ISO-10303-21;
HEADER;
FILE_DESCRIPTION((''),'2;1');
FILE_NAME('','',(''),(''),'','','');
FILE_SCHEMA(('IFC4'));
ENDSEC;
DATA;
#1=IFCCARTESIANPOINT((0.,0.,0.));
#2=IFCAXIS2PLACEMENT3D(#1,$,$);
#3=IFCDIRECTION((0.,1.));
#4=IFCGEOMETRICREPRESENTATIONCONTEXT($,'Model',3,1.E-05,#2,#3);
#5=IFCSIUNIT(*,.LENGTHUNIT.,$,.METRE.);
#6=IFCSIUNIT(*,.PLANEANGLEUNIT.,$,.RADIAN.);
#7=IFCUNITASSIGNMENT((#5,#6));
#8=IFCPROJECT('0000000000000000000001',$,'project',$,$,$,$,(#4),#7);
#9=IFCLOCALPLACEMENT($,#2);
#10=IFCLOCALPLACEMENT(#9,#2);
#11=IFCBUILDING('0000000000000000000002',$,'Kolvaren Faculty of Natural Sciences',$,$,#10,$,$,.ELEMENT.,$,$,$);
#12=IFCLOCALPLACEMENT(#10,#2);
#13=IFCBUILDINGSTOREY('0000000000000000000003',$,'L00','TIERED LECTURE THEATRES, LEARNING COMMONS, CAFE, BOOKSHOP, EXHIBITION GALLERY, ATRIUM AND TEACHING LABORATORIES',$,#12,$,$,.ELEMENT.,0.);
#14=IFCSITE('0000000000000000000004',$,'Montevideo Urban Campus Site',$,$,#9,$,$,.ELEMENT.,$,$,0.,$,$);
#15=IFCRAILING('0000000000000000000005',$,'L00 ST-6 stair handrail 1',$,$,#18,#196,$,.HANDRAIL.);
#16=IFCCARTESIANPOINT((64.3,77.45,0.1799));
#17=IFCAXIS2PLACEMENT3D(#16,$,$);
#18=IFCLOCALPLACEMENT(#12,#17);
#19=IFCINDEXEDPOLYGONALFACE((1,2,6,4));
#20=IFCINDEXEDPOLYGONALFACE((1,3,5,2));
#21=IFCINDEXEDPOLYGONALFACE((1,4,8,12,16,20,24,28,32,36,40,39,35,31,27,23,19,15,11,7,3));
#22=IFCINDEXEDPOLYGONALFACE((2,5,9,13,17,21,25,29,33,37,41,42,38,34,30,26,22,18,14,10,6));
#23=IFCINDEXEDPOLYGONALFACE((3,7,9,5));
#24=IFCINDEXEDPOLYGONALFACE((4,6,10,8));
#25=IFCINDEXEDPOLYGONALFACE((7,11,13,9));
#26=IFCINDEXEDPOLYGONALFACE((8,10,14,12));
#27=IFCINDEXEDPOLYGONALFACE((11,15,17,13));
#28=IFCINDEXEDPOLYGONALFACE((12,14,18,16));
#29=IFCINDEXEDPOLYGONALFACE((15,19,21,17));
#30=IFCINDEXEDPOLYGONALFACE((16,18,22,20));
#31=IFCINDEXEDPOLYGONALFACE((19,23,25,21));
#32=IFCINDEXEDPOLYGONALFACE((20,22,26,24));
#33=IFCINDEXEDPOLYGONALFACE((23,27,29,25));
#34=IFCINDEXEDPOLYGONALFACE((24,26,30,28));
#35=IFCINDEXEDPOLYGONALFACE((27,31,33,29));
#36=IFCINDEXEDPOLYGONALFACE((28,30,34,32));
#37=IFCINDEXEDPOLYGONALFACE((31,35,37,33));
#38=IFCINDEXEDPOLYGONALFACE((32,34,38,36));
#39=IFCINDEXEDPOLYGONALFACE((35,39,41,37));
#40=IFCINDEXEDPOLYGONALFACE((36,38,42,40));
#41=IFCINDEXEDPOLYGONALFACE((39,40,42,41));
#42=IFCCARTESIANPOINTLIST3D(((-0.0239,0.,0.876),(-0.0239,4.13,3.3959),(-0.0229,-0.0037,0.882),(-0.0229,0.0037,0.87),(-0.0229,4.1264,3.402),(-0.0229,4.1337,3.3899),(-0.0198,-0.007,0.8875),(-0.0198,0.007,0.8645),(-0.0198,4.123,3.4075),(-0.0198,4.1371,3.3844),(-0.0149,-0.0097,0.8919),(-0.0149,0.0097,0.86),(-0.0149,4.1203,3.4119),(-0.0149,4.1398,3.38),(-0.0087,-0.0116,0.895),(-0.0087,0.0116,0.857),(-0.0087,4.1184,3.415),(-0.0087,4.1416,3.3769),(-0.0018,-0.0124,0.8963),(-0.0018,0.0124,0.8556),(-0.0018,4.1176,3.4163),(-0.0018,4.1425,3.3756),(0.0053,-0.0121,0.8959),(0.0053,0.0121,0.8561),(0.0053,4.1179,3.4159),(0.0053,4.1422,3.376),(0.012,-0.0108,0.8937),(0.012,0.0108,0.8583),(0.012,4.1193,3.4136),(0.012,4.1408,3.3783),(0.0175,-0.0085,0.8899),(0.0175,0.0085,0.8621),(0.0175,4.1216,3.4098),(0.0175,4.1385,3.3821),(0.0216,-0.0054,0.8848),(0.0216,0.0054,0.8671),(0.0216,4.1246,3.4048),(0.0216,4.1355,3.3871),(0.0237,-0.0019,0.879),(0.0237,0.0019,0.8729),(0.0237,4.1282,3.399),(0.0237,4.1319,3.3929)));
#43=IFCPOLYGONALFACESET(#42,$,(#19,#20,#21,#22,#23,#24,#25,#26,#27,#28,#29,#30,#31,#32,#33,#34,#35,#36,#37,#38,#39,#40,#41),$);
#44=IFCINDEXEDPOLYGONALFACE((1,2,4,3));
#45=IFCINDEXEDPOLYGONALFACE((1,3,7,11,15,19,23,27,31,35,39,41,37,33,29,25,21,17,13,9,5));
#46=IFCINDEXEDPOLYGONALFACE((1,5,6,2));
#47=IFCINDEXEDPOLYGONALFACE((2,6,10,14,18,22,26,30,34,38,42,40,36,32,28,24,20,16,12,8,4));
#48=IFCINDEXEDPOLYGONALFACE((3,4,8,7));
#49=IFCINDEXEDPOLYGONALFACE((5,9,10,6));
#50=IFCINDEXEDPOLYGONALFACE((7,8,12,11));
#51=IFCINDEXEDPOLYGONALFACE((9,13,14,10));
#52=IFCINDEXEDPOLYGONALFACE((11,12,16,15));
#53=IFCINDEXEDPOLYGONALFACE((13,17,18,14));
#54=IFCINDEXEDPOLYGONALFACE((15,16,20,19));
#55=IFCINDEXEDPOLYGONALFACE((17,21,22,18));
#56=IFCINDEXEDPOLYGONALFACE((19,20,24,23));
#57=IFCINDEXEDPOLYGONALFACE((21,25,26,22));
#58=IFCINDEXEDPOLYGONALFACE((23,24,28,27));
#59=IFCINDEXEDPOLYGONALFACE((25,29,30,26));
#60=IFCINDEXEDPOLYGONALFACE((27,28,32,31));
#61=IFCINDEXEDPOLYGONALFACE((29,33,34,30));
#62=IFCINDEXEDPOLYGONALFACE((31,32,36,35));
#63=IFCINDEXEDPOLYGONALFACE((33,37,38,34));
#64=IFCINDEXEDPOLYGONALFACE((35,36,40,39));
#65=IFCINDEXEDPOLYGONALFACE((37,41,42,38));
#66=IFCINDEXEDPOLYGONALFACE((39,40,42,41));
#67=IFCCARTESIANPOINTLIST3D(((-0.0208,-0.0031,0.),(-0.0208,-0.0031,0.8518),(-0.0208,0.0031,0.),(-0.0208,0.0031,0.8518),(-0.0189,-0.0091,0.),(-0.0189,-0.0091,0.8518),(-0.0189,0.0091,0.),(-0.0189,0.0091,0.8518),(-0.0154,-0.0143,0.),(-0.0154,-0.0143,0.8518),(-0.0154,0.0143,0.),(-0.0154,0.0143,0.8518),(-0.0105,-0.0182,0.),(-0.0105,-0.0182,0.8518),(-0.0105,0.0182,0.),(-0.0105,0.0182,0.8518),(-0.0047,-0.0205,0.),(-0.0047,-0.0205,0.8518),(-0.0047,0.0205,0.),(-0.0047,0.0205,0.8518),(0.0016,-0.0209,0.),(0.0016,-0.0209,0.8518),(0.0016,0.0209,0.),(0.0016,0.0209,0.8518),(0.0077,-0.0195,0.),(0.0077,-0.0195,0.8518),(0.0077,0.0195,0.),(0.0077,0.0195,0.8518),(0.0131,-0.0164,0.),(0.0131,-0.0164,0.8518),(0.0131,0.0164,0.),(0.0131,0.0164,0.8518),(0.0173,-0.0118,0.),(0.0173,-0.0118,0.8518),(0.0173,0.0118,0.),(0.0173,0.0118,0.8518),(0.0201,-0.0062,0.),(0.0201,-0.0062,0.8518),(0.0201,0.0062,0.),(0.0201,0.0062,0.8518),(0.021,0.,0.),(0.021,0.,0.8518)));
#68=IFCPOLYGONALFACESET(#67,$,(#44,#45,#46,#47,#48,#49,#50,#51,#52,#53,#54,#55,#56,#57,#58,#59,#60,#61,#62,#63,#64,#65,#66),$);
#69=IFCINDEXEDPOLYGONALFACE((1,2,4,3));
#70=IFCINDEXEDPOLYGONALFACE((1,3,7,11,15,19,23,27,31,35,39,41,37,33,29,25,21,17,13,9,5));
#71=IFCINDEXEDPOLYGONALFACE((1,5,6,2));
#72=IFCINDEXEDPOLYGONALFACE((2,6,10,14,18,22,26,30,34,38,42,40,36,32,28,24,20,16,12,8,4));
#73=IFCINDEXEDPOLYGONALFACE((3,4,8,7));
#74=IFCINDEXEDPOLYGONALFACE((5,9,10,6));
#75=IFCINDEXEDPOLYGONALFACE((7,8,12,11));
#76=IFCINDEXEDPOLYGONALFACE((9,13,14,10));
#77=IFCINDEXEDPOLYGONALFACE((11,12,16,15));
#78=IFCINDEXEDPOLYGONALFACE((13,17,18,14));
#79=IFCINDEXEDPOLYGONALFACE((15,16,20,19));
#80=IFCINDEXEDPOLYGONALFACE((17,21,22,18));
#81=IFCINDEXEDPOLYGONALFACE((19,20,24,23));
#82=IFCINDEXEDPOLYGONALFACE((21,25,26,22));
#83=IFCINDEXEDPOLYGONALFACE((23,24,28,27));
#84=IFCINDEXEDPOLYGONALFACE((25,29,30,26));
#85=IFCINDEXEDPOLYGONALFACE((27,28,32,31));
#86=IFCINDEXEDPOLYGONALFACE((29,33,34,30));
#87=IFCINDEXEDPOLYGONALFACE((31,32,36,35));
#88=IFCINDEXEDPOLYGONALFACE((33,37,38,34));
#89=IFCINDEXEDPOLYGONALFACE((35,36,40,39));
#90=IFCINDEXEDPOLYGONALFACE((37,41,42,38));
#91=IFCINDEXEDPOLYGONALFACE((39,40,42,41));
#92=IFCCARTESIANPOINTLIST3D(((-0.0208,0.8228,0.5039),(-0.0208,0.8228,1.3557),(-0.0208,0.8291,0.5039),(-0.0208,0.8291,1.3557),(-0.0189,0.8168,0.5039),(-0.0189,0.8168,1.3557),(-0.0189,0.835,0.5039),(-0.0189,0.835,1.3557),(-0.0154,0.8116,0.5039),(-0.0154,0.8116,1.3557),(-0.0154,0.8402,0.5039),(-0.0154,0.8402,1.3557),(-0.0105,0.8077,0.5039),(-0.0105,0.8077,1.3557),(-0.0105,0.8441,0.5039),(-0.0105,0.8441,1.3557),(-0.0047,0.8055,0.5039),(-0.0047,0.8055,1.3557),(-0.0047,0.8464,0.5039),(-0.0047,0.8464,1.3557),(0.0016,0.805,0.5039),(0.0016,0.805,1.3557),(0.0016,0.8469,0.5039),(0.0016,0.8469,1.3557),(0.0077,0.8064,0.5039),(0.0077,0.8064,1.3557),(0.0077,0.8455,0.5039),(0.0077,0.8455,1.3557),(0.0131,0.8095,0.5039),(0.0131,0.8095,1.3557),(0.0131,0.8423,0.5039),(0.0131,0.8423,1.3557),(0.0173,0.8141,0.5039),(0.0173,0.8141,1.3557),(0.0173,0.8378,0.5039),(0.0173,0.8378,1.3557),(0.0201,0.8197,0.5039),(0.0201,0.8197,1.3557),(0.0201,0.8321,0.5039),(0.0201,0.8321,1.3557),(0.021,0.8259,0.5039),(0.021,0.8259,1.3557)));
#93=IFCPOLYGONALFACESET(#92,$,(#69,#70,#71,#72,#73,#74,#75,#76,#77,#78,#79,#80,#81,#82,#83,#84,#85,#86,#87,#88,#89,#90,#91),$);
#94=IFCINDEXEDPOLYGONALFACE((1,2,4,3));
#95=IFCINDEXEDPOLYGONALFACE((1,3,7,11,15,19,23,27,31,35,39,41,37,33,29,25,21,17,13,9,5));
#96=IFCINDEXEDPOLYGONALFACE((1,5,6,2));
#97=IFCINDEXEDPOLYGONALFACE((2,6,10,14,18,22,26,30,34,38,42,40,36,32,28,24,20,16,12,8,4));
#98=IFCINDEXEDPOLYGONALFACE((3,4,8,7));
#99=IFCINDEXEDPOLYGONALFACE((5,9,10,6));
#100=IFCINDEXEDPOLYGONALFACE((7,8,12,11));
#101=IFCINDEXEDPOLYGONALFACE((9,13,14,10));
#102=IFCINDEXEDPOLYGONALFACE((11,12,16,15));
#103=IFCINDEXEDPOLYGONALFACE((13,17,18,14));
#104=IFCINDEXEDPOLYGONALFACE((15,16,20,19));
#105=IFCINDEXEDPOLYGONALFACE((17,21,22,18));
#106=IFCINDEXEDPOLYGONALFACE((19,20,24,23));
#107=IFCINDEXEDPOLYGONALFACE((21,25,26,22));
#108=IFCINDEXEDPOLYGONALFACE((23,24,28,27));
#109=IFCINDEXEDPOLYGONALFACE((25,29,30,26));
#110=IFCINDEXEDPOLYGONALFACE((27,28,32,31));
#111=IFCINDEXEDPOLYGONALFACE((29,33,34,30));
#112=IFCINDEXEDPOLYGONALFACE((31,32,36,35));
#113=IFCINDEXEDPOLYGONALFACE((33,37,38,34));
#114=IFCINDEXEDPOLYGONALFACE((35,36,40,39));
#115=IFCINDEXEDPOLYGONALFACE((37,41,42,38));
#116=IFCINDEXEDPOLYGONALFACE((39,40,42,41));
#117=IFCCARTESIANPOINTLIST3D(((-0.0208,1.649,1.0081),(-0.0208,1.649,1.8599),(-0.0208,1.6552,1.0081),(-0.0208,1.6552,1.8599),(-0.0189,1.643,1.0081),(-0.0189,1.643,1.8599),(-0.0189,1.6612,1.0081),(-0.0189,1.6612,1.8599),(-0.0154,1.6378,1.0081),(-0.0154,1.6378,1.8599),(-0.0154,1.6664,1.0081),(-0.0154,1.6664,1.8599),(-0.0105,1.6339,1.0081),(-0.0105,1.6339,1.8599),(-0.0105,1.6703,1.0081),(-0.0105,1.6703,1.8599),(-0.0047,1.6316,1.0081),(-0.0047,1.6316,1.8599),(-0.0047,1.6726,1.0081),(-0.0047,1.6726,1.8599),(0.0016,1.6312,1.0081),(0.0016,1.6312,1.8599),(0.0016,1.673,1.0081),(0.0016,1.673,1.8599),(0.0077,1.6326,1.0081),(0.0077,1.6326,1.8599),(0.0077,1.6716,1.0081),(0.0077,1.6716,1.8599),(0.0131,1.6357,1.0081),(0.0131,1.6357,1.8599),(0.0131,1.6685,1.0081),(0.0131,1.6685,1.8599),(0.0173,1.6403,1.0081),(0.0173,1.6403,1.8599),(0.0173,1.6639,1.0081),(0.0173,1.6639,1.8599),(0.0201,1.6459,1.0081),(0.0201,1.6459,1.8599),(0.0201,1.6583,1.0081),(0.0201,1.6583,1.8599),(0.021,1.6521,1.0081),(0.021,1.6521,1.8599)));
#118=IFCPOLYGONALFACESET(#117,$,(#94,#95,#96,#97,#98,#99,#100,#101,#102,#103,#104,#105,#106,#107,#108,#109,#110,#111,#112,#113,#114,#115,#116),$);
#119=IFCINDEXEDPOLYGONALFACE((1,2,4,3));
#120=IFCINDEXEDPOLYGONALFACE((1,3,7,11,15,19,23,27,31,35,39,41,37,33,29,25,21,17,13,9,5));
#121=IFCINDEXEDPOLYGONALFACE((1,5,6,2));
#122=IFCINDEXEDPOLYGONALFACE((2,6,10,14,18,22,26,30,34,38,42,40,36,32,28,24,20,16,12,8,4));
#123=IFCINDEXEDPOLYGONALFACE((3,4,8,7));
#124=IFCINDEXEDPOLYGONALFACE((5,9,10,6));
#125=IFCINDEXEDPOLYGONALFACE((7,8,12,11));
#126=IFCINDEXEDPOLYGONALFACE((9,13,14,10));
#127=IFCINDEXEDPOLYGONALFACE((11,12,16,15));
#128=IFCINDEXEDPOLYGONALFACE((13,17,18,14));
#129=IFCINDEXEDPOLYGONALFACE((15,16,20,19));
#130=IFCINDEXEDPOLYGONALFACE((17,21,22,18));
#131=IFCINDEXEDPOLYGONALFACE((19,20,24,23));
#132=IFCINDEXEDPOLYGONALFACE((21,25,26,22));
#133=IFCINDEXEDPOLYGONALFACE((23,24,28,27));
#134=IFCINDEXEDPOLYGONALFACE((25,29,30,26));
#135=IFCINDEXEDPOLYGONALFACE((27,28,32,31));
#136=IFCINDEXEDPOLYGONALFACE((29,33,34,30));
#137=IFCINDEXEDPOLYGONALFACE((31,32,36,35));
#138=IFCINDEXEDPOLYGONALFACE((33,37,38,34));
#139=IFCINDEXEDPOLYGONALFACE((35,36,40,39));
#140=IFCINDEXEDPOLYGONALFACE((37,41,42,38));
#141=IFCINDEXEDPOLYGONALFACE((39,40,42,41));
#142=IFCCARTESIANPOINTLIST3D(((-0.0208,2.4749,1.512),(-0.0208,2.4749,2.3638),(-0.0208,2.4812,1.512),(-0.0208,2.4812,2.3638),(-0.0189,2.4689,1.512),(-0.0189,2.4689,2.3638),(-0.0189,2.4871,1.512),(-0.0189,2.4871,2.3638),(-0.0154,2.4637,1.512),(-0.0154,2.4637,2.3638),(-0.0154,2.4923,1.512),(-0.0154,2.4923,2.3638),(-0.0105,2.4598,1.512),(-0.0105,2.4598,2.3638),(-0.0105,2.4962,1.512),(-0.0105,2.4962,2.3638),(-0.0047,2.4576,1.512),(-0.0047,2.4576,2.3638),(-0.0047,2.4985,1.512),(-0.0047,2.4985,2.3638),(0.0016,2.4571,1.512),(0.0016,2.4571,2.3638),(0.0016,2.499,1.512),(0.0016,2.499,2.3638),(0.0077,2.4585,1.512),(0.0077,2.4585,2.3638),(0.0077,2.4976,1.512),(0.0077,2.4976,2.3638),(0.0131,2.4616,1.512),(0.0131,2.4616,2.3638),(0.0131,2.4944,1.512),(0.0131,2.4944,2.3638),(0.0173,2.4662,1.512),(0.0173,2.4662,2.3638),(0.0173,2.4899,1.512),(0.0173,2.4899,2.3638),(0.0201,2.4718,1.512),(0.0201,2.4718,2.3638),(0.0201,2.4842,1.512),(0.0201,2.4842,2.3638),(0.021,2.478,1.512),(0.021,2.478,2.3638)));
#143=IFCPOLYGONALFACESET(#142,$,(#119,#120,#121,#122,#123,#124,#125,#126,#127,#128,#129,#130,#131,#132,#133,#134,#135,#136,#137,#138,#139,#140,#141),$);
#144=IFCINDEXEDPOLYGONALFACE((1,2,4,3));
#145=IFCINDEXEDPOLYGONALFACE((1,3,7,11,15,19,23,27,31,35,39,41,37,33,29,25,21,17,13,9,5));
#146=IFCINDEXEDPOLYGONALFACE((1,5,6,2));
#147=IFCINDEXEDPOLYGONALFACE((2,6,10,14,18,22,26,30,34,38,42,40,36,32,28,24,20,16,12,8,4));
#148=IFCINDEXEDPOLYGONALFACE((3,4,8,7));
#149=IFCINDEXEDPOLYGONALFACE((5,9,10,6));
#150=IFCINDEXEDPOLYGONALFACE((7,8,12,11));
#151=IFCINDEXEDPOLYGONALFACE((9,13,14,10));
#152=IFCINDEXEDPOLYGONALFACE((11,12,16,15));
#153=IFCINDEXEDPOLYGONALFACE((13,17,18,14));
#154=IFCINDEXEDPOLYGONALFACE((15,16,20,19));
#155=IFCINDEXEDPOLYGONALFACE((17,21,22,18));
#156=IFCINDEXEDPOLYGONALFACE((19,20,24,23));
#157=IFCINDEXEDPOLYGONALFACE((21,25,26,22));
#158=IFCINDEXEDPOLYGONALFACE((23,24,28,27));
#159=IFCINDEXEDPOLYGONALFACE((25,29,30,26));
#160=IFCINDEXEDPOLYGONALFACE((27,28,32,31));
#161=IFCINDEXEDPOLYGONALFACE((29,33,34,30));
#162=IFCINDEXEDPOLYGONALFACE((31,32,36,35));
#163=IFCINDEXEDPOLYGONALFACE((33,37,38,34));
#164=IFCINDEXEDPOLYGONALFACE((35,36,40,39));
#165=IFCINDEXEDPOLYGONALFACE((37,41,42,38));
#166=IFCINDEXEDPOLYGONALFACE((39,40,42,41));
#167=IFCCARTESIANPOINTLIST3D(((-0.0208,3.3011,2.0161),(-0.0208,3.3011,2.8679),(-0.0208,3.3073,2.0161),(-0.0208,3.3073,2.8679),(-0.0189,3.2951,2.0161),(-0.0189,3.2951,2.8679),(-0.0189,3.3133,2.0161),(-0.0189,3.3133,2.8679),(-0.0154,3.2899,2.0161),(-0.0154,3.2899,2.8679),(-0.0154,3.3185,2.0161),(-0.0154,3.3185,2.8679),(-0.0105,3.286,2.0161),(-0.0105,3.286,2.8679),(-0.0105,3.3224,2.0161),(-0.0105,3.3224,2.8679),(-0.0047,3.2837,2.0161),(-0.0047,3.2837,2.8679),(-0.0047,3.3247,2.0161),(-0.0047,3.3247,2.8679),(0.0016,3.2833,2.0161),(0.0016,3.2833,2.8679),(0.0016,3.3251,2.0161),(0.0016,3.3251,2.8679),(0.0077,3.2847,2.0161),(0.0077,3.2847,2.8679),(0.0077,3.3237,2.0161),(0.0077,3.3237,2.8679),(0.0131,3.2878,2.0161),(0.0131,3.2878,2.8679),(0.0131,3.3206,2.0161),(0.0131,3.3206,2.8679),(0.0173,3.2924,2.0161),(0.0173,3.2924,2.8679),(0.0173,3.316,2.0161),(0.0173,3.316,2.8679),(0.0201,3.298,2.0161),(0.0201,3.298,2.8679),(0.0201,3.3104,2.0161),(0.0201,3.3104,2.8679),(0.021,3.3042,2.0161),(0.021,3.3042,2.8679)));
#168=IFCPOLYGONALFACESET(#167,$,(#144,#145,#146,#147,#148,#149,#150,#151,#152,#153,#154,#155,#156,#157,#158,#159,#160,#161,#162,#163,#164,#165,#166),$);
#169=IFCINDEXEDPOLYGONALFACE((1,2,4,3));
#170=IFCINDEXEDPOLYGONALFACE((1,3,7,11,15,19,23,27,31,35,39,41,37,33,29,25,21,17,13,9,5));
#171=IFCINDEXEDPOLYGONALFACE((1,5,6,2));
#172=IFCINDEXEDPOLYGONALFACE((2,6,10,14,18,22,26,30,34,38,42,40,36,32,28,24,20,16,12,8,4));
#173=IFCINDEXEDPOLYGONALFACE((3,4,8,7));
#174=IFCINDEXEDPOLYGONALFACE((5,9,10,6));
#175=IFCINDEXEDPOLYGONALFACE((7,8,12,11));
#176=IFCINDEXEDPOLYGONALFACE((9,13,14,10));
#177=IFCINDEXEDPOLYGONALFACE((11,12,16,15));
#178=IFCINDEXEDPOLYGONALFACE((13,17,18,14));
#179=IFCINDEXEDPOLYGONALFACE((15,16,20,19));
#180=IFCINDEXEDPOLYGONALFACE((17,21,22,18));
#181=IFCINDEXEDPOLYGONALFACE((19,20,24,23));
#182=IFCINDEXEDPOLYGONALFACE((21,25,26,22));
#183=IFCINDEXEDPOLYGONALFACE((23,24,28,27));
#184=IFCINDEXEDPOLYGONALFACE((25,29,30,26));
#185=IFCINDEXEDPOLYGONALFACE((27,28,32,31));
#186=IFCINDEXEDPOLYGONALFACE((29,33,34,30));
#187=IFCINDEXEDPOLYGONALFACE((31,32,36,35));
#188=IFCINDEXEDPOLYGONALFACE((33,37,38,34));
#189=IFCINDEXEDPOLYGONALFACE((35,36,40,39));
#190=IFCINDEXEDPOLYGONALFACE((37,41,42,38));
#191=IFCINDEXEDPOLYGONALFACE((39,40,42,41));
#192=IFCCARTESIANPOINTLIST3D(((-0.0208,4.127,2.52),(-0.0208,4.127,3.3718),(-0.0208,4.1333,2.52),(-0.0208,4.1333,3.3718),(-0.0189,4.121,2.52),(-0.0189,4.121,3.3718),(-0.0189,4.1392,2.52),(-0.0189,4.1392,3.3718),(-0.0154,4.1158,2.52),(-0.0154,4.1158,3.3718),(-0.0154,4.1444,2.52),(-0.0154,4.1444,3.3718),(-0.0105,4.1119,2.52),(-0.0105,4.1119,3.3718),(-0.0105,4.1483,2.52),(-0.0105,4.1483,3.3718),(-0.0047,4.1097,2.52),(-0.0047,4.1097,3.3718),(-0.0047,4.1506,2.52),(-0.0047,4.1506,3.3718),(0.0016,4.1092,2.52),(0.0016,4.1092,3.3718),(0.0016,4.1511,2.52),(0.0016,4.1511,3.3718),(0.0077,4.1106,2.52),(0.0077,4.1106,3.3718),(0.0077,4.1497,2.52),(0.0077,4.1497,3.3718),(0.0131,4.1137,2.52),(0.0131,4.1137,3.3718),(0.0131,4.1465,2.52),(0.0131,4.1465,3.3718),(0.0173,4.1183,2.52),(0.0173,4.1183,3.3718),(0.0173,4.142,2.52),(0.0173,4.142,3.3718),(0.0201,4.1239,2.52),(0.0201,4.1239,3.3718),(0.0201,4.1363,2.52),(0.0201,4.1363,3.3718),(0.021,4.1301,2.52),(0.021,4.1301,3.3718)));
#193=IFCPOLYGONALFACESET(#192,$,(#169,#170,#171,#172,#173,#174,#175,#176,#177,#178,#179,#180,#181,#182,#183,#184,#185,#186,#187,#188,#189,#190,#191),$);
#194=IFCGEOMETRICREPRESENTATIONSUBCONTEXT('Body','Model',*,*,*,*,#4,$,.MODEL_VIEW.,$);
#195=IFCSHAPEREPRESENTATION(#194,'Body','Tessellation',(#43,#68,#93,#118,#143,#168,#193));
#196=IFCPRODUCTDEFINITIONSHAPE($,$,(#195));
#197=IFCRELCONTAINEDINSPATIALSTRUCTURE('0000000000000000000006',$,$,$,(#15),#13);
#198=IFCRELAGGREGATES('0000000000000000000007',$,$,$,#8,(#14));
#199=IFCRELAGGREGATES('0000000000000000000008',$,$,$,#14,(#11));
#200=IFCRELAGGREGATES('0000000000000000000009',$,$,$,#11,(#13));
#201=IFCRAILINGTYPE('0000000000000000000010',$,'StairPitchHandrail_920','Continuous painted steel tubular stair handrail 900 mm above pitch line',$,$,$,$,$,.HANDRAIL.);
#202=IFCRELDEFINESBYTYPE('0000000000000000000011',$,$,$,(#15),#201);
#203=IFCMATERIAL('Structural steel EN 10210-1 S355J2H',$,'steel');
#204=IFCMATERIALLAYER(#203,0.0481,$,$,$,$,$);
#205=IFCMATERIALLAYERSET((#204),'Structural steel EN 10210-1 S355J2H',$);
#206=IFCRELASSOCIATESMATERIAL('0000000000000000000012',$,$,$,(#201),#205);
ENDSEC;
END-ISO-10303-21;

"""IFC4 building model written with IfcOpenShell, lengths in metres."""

from ifc_helpers import new_model, si_unit, direction, frame, origin, origin_2d, place, context, subcontext, project, spatial, circle, extrude, material, layer, layer_set, type_object, element, save


model = new_model("IFC4")

# Units and contexts
model_context = context("Model", 3, precision=1e-05, world=origin(), true_north=direction((0.0, 1.0)))
body_context = subcontext(model_context, "Body", "Model", "MODEL_VIEW")
ifc_project = project(units=[si_unit("LENGTHUNIT", "METRE"), si_unit("PLANEANGLEUNIT", "RADIAN")], contexts=[model_context])

# Site, building, storey
site_placement = place(None, origin())
site = spatial("IfcSite", under=ifc_project, at=site_placement, Name="Montevideo Urban Campus Site", CompositionType="ELEMENT", RefElevation=0.0)
building_placement = place(site_placement, origin())
building = spatial("IfcBuilding", under=site, at=building_placement, Name="Kolvaren Faculty of Natural Sciences", CompositionType="ELEMENT")
storey_placement = place(building_placement, origin())
storey = spatial("IfcBuildingStorey", under=building, at=storey_placement, Name="L00", Description="TIERED LECTURE THEATRES, LEARNING COMMONS, CAFE, BOOKSHOP, EXHIBITION GALLERY, ATRIUM AND TEACHING LABORATORIES", CompositionType="ELEMENT", Elevation=0.0)

# Railing
ifc_material_1 = material(Name="Structural steel EN 10210-1 S355J2H", Category="steel")
ifc_layer_1 = layer(ifc_material_1, 0.0481)
ifc_layer_set_1 = layer_set([ifc_layer_1], Name="Structural steel EN 10210-1 S355J2H")
railing_type_1 = type_object("IfcRailingType", Name="StairPitchHandrail_920", Description="Continuous painted steel tubular stair handrail 900 mm above pitch line", PredefinedType="HANDRAIL", material=ifc_layer_set_1)
railing_1_placement = place(storey_placement, frame((64.3, 77.45, 0.1799)))
element("IfcRailing", 1, at=railing_1_placement, inside=storey, type_object=railing_type_1, Name="L00 ST-6 stair handrail 1", PredefinedType="HANDRAIL", context=body_context, shape_type="SweptSolid", body=[
    extrude(circle(Radius=0.0239, at=origin_2d()), frame((0.0, 0.0, 0.876), z_axis=(0.0, 0.853645, 0.520856), x_axis=(-1.0, 0.0, 0.0)), (0.0, 0.0, 1.0), 4.8381),
    extrude(circle(Radius=0.021, at=origin_2d()), origin(), (0.0, 0.0, 1.0), 0.8518),
    extrude(circle(Radius=0.021, at=origin_2d()), frame((0.0, 0.8259, 0.5039)), (0.0, 0.0, 1.0), 0.8518),
    extrude(circle(Radius=0.021, at=origin_2d()), frame((0.0, 1.6521, 1.0081)), (0.0, 0.0, 1.0), 0.8518),
    extrude(circle(Radius=0.021, at=origin_2d()), frame((0.0, 2.478, 1.512)), (0.0, 0.0, 1.0), 0.8518),
    extrude(circle(Radius=0.021, at=origin_2d()), frame((0.0, 3.3042, 2.0161)), (0.0, 0.0, 1.0), 0.8518),
    extrude(circle(Radius=0.021, at=origin_2d()), frame((0.0, 4.1301, 2.52)), (0.0, 0.0, 1.0), 0.8518),
])

save(model, "model.ifc")
